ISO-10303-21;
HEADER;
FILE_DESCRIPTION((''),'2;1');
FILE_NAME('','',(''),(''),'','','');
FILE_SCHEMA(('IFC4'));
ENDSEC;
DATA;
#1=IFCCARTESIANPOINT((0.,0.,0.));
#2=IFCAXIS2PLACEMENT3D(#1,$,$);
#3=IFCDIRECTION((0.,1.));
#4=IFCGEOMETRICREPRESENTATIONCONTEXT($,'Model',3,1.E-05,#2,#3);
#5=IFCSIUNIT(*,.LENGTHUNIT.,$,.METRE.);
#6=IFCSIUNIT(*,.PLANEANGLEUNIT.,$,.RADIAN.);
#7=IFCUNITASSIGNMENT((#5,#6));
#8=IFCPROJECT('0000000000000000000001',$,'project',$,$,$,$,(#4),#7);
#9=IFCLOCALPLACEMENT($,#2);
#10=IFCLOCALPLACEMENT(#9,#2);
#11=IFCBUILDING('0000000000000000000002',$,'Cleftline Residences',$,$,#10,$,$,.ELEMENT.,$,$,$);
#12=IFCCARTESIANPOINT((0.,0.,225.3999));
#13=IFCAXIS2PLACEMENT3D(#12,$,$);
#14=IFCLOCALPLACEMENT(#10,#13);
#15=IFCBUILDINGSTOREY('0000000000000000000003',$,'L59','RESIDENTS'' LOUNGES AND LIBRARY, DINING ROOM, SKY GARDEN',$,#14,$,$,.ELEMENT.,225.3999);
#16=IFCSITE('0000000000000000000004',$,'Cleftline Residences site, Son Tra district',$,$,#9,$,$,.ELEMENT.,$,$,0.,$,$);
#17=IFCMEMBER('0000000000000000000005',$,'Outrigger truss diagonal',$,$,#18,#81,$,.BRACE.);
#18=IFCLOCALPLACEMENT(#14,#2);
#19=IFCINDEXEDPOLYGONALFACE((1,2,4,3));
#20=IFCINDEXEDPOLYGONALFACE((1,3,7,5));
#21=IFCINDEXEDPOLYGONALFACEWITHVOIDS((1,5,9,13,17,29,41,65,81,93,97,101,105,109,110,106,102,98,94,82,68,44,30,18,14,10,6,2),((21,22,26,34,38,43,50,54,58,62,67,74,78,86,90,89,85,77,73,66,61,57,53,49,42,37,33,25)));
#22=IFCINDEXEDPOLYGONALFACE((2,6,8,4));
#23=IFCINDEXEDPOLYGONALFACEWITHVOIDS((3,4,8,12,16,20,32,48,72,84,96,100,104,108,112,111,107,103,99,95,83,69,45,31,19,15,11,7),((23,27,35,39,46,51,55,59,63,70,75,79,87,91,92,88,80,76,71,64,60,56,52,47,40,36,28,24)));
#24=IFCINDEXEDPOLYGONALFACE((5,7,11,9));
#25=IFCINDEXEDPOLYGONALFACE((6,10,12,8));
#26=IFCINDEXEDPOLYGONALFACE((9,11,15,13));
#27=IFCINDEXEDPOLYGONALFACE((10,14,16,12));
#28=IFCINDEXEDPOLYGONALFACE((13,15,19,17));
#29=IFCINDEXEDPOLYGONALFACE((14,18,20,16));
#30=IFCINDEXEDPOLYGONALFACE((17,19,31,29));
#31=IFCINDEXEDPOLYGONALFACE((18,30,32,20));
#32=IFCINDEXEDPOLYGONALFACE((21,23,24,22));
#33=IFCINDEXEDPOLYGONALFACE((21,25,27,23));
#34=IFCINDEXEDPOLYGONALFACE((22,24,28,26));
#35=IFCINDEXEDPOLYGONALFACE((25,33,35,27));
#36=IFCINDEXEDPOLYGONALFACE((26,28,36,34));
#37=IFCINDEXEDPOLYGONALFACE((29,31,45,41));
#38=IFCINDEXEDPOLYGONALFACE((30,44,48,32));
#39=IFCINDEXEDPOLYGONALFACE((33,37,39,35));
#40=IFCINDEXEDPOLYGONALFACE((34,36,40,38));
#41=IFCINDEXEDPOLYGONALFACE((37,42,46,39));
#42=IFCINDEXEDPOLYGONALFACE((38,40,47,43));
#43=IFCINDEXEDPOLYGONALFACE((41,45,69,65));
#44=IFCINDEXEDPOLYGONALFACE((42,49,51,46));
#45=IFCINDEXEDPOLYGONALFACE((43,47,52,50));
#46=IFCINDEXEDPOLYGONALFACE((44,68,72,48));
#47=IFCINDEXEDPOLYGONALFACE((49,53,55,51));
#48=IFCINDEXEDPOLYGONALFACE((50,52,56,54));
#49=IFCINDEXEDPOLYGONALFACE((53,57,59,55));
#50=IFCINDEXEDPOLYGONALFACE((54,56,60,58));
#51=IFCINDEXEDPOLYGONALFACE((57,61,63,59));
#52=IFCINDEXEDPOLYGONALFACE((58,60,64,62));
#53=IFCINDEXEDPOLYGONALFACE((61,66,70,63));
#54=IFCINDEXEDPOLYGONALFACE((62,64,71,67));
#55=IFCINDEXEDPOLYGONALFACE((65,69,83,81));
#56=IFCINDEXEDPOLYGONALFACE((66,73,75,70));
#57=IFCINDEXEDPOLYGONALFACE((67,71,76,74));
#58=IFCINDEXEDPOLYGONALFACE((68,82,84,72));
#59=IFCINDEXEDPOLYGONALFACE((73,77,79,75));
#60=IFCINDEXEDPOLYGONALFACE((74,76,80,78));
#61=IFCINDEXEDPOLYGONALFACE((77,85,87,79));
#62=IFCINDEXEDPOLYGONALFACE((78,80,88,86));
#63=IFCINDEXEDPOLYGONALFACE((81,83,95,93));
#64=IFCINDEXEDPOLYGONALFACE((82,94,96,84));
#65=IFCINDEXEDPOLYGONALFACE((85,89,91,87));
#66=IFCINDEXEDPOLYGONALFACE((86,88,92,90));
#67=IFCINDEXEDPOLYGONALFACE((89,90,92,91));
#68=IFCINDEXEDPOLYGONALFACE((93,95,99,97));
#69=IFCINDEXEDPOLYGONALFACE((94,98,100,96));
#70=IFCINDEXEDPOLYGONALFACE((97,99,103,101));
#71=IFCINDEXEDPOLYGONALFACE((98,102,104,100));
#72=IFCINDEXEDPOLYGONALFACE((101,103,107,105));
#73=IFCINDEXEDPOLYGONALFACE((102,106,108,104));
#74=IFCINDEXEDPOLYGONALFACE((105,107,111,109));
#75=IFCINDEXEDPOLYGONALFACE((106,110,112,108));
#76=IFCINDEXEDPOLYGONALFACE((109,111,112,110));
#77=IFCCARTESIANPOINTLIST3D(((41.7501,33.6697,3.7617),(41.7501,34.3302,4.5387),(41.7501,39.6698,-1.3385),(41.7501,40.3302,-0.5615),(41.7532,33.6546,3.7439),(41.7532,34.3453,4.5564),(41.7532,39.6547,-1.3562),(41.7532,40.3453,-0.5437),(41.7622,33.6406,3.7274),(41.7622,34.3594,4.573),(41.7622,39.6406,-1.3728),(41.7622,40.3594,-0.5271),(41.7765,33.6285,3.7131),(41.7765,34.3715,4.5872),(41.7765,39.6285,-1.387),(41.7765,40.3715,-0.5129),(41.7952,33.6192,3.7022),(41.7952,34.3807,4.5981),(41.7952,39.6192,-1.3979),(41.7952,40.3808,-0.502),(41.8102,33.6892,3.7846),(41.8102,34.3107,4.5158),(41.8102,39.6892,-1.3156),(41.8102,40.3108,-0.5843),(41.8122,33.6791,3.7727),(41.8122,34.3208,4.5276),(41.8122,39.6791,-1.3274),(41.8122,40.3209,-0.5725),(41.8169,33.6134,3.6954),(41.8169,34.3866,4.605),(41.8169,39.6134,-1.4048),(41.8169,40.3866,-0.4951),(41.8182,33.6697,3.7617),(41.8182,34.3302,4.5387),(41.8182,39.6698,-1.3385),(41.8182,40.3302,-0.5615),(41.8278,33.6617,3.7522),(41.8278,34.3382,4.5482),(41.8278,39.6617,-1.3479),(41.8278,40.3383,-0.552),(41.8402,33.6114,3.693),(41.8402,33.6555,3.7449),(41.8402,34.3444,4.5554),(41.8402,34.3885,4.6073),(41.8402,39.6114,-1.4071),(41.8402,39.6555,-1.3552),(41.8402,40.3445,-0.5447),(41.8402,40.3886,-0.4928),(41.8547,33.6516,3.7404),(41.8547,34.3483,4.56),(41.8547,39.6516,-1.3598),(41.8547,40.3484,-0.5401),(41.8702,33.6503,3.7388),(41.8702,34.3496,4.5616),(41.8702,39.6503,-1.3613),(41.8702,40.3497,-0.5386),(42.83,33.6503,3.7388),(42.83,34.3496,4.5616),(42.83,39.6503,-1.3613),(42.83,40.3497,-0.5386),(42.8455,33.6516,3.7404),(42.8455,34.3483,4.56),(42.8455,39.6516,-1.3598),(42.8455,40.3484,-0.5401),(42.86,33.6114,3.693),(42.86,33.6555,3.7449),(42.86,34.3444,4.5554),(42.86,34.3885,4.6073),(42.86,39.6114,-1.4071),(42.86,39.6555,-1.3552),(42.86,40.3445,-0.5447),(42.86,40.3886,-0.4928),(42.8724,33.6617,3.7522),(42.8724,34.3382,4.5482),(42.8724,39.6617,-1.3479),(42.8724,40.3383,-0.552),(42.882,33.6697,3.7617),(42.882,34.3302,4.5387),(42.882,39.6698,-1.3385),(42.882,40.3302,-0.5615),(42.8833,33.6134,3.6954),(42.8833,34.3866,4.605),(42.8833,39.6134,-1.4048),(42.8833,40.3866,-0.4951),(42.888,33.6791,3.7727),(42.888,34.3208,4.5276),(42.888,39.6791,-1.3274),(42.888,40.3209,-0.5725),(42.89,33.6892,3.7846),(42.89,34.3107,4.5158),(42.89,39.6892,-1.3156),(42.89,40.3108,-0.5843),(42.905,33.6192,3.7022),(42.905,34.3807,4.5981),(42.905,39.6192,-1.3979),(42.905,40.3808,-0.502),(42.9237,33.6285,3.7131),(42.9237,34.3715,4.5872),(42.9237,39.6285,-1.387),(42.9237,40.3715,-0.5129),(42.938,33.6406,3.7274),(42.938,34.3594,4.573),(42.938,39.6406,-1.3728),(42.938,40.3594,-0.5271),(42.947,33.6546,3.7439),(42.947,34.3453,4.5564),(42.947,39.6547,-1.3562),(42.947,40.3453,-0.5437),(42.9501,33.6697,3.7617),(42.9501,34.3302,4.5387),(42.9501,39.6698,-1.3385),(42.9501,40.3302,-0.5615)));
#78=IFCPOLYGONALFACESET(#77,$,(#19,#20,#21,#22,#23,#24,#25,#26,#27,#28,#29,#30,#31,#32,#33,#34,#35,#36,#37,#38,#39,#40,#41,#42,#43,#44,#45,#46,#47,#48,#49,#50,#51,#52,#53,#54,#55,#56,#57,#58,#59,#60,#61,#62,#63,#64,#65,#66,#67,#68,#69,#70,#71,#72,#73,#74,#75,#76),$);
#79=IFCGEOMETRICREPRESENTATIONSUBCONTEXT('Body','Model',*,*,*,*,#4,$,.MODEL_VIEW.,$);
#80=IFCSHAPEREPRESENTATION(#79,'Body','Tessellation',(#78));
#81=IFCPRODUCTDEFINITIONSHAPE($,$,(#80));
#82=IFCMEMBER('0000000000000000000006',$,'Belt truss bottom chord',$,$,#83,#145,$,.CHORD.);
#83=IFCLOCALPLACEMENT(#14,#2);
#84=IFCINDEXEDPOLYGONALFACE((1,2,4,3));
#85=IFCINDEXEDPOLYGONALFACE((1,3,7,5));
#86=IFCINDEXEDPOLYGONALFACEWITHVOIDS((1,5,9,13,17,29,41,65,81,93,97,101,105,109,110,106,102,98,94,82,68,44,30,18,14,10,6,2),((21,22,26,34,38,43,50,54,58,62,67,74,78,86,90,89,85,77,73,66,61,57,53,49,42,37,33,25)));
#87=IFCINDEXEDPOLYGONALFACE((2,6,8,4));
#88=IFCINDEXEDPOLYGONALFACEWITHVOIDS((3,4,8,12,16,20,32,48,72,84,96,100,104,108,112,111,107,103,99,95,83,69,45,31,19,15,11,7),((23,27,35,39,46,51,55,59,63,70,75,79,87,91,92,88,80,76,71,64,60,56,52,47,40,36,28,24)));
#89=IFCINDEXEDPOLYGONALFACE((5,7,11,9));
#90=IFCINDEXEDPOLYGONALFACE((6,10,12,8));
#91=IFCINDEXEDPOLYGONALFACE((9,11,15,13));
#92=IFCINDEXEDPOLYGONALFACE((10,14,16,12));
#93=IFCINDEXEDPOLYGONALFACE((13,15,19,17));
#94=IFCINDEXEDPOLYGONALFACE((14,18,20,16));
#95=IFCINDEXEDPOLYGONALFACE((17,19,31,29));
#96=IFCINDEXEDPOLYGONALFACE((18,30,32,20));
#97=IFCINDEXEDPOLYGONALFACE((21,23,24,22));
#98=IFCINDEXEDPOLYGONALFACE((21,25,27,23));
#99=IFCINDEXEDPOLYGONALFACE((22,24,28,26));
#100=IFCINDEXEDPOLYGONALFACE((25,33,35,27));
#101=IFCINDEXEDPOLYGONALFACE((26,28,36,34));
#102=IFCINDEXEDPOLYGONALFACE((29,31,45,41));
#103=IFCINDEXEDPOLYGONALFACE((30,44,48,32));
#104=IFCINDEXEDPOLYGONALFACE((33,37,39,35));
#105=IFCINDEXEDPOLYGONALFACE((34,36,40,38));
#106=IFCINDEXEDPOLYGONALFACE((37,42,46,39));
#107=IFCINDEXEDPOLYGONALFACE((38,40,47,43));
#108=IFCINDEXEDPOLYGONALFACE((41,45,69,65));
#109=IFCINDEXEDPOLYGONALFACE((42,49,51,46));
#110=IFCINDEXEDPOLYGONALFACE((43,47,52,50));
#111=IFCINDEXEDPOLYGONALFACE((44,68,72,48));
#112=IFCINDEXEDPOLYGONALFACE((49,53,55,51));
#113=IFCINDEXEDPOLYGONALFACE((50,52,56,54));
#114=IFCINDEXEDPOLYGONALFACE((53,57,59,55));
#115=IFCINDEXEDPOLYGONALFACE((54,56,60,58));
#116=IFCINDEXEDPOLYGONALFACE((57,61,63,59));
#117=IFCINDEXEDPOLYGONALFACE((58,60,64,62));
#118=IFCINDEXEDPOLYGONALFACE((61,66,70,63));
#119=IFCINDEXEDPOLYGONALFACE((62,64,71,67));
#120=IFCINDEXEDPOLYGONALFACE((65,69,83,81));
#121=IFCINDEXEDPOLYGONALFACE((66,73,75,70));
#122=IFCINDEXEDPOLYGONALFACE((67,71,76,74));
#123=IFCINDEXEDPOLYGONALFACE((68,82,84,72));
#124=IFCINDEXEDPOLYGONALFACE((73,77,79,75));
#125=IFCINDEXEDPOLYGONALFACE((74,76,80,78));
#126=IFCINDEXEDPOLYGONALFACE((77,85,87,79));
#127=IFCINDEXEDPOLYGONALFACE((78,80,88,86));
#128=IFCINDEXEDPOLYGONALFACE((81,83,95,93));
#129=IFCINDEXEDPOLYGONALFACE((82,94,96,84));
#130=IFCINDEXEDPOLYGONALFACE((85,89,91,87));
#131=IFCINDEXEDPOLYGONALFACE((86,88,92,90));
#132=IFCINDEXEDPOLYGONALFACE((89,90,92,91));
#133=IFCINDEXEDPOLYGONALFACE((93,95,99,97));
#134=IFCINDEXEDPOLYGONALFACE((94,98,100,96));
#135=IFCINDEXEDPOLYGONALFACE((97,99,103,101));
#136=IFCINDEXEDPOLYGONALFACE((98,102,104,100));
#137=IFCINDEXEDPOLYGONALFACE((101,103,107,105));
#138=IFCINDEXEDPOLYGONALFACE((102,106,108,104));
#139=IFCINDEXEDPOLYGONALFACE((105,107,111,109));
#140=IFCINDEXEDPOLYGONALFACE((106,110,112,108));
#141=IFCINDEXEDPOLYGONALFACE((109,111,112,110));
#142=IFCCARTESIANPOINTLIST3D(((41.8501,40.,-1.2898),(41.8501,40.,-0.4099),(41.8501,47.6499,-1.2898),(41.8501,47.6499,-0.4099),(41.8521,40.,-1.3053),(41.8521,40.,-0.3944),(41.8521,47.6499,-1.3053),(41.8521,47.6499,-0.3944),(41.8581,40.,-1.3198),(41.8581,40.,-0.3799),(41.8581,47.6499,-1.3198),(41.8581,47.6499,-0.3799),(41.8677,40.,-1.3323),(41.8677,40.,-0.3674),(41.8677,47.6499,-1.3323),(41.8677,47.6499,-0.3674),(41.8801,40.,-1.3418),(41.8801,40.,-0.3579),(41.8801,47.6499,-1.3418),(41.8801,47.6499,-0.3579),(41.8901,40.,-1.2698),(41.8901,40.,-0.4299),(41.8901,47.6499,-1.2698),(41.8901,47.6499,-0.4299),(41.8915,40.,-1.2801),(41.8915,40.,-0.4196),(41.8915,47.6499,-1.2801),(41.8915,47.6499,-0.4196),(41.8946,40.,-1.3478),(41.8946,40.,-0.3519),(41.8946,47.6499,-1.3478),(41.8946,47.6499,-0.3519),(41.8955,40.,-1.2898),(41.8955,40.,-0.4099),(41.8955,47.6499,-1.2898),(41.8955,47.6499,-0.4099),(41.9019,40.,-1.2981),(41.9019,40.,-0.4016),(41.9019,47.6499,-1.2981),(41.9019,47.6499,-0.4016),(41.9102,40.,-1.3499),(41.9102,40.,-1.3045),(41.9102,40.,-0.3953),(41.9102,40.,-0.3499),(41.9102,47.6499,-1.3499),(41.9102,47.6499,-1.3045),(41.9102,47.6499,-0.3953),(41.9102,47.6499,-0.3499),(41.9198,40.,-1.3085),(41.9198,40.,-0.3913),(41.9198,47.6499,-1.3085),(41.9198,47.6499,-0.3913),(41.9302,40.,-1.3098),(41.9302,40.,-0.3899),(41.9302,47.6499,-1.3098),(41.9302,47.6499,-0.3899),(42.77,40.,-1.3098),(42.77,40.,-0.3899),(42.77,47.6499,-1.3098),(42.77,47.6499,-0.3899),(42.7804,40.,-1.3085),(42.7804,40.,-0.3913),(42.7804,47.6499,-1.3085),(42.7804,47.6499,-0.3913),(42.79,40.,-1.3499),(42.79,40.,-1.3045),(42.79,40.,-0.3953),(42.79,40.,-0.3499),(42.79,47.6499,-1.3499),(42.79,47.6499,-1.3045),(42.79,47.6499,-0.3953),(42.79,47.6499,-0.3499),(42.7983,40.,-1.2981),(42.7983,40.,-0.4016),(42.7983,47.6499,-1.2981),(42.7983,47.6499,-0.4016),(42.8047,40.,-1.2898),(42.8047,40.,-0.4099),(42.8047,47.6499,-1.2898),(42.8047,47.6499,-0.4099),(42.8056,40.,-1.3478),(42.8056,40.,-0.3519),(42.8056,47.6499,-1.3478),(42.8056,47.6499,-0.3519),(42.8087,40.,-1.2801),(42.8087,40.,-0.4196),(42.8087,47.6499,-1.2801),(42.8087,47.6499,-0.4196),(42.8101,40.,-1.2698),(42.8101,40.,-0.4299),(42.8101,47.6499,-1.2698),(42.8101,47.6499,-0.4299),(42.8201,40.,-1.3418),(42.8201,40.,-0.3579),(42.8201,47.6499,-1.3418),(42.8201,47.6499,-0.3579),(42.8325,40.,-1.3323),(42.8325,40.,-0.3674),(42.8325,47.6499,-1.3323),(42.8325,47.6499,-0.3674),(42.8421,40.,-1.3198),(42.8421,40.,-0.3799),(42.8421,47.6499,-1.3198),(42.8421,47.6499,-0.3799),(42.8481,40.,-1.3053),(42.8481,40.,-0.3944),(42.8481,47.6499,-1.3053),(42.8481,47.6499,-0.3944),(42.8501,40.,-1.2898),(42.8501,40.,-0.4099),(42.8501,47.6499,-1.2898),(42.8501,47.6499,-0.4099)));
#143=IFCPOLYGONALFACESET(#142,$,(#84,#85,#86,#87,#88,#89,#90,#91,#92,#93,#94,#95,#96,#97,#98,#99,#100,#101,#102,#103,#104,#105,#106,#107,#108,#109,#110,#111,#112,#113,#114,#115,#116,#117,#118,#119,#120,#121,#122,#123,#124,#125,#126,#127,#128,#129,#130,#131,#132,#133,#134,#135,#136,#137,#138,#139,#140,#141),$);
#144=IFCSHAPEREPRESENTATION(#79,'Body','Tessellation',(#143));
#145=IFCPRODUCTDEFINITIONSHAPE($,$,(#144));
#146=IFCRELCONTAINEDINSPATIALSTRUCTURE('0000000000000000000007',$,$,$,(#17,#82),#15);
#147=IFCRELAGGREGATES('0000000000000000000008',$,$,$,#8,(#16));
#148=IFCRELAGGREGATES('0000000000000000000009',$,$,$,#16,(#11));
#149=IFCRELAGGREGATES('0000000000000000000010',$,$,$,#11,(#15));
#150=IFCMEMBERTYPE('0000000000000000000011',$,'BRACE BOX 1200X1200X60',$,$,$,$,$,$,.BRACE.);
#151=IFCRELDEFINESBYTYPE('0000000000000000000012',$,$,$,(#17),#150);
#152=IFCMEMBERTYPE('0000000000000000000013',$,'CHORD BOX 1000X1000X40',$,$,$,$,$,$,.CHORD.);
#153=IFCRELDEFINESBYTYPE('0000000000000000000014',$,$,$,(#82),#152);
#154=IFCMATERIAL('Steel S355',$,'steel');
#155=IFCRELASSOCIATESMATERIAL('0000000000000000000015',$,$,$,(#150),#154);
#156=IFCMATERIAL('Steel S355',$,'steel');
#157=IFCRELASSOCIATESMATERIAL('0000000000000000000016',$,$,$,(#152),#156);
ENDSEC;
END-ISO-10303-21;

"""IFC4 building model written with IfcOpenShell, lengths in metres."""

from ifc_helpers import new_model, si_unit, direction, frame, origin, origin_2d, place, context, subcontext, project, spatial, hollow_rectangle, extrude, material, material_profile, profile_set, type_object, element, save


model = new_model("IFC4")

# Units and contexts
model_context = context("Model", 3, precision=1e-05, world=origin(), true_north=direction((0.0, 1.0)))
body_context = subcontext(model_context, "Body", "Model", "MODEL_VIEW")
ifc_project = project(units=[si_unit("LENGTHUNIT", "METRE"), si_unit("PLANEANGLEUNIT", "RADIAN")], contexts=[model_context])

# Site, building, storey
site_placement = place(None, origin())
site = spatial("IfcSite", under=ifc_project, at=site_placement, Name="Cleftline Residences site, Son Tra district", CompositionType="ELEMENT", RefElevation=0.0)
building_placement = place(site_placement, origin())
building = spatial("IfcBuilding", under=site, at=building_placement, Name="Cleftline Residences", CompositionType="ELEMENT")
storey_placement = place(building_placement, frame((0.0, 0.0, 225.3999)))
storey = spatial("IfcBuildingStorey", under=building, at=storey_placement, Name="L59", Description="RESIDENTS' LOUNGES AND LIBRARY, DINING ROOM, SKY GARDEN", CompositionType="ELEMENT", Elevation=225.3999)

# Members
ifc_material_1 = material(Name="Steel S355", Category="steel")
ifc_material_profile_1 = material_profile(ifc_material_1, hollow_rectangle(XDim=1.2, YDim=1.2, WallThickness=0.0601, InnerFilletRadius=0.0601, OuterFilletRadius=0.0901, at=origin_2d()))
ifc_profile_set_1 = profile_set([ifc_material_profile_1], Name="Steel S355")
member_type_1 = type_object("IfcMemberType", Name="BRACE BOX 1200X1200X60", PredefinedType="BRACE", material=ifc_profile_set_1)
member_1_placement = place(storey_placement, frame((42.3501, 40.0, -0.95), z_axis=(0.0, -0.761933, 0.647656), x_axis=(0.0, 0.647656, 0.761933)))
element("IfcMember", 1, at=member_1_placement, inside=storey, type_object=member_type_1, Name="Outrigger truss diagonal", PredefinedType="BRACE", context=body_context, shape_type="SweptSolid", body=[
    extrude(hollow_rectangle(XDim=1.2, YDim=1.2, WallThickness=0.0601, InnerFilletRadius=0.0601, OuterFilletRadius=0.0901, at=origin_2d()), origin(), (0.0, 0.0, 1.0), 7.8748),
])
ifc_material_2 = material(Name="Steel S355", Category="steel")
ifc_material_profile_2 = material_profile(ifc_material_2, hollow_rectangle(XDim=1.0, YDim=1.0, WallThickness=0.04, InnerFilletRadius=0.04, OuterFilletRadius=0.0601, at=origin_2d()))
ifc_profile_set_2 = profile_set([ifc_material_profile_2], Name="Steel S355")
member_type_2 = type_object("IfcMemberType", Name="CHORD BOX 1000X1000X40", PredefinedType="CHORD", material=ifc_profile_set_2)
for number, where, z_axis, x_axis, name in (
    (2, (42.3501, 40.0, -0.8499), (0.0, 1.0, 0.0), (-1.0, 0.0, 0.0), "Belt truss bottom chord"),
):
    element("IfcMember", number, at=place(storey_placement, frame(where, z_axis=z_axis, x_axis=x_axis)), inside=storey, type_object=member_type_2, Name=name, PredefinedType="CHORD", context=body_context, shape_type="SweptSolid", body=[
        extrude(hollow_rectangle(XDim=1.0, YDim=1.0, WallThickness=0.04, InnerFilletRadius=0.04, OuterFilletRadius=0.0601, at=origin_2d()), origin(), (0.0, 0.0, 1.0), 7.6499),
    ])

save(model, "model.ifc")
